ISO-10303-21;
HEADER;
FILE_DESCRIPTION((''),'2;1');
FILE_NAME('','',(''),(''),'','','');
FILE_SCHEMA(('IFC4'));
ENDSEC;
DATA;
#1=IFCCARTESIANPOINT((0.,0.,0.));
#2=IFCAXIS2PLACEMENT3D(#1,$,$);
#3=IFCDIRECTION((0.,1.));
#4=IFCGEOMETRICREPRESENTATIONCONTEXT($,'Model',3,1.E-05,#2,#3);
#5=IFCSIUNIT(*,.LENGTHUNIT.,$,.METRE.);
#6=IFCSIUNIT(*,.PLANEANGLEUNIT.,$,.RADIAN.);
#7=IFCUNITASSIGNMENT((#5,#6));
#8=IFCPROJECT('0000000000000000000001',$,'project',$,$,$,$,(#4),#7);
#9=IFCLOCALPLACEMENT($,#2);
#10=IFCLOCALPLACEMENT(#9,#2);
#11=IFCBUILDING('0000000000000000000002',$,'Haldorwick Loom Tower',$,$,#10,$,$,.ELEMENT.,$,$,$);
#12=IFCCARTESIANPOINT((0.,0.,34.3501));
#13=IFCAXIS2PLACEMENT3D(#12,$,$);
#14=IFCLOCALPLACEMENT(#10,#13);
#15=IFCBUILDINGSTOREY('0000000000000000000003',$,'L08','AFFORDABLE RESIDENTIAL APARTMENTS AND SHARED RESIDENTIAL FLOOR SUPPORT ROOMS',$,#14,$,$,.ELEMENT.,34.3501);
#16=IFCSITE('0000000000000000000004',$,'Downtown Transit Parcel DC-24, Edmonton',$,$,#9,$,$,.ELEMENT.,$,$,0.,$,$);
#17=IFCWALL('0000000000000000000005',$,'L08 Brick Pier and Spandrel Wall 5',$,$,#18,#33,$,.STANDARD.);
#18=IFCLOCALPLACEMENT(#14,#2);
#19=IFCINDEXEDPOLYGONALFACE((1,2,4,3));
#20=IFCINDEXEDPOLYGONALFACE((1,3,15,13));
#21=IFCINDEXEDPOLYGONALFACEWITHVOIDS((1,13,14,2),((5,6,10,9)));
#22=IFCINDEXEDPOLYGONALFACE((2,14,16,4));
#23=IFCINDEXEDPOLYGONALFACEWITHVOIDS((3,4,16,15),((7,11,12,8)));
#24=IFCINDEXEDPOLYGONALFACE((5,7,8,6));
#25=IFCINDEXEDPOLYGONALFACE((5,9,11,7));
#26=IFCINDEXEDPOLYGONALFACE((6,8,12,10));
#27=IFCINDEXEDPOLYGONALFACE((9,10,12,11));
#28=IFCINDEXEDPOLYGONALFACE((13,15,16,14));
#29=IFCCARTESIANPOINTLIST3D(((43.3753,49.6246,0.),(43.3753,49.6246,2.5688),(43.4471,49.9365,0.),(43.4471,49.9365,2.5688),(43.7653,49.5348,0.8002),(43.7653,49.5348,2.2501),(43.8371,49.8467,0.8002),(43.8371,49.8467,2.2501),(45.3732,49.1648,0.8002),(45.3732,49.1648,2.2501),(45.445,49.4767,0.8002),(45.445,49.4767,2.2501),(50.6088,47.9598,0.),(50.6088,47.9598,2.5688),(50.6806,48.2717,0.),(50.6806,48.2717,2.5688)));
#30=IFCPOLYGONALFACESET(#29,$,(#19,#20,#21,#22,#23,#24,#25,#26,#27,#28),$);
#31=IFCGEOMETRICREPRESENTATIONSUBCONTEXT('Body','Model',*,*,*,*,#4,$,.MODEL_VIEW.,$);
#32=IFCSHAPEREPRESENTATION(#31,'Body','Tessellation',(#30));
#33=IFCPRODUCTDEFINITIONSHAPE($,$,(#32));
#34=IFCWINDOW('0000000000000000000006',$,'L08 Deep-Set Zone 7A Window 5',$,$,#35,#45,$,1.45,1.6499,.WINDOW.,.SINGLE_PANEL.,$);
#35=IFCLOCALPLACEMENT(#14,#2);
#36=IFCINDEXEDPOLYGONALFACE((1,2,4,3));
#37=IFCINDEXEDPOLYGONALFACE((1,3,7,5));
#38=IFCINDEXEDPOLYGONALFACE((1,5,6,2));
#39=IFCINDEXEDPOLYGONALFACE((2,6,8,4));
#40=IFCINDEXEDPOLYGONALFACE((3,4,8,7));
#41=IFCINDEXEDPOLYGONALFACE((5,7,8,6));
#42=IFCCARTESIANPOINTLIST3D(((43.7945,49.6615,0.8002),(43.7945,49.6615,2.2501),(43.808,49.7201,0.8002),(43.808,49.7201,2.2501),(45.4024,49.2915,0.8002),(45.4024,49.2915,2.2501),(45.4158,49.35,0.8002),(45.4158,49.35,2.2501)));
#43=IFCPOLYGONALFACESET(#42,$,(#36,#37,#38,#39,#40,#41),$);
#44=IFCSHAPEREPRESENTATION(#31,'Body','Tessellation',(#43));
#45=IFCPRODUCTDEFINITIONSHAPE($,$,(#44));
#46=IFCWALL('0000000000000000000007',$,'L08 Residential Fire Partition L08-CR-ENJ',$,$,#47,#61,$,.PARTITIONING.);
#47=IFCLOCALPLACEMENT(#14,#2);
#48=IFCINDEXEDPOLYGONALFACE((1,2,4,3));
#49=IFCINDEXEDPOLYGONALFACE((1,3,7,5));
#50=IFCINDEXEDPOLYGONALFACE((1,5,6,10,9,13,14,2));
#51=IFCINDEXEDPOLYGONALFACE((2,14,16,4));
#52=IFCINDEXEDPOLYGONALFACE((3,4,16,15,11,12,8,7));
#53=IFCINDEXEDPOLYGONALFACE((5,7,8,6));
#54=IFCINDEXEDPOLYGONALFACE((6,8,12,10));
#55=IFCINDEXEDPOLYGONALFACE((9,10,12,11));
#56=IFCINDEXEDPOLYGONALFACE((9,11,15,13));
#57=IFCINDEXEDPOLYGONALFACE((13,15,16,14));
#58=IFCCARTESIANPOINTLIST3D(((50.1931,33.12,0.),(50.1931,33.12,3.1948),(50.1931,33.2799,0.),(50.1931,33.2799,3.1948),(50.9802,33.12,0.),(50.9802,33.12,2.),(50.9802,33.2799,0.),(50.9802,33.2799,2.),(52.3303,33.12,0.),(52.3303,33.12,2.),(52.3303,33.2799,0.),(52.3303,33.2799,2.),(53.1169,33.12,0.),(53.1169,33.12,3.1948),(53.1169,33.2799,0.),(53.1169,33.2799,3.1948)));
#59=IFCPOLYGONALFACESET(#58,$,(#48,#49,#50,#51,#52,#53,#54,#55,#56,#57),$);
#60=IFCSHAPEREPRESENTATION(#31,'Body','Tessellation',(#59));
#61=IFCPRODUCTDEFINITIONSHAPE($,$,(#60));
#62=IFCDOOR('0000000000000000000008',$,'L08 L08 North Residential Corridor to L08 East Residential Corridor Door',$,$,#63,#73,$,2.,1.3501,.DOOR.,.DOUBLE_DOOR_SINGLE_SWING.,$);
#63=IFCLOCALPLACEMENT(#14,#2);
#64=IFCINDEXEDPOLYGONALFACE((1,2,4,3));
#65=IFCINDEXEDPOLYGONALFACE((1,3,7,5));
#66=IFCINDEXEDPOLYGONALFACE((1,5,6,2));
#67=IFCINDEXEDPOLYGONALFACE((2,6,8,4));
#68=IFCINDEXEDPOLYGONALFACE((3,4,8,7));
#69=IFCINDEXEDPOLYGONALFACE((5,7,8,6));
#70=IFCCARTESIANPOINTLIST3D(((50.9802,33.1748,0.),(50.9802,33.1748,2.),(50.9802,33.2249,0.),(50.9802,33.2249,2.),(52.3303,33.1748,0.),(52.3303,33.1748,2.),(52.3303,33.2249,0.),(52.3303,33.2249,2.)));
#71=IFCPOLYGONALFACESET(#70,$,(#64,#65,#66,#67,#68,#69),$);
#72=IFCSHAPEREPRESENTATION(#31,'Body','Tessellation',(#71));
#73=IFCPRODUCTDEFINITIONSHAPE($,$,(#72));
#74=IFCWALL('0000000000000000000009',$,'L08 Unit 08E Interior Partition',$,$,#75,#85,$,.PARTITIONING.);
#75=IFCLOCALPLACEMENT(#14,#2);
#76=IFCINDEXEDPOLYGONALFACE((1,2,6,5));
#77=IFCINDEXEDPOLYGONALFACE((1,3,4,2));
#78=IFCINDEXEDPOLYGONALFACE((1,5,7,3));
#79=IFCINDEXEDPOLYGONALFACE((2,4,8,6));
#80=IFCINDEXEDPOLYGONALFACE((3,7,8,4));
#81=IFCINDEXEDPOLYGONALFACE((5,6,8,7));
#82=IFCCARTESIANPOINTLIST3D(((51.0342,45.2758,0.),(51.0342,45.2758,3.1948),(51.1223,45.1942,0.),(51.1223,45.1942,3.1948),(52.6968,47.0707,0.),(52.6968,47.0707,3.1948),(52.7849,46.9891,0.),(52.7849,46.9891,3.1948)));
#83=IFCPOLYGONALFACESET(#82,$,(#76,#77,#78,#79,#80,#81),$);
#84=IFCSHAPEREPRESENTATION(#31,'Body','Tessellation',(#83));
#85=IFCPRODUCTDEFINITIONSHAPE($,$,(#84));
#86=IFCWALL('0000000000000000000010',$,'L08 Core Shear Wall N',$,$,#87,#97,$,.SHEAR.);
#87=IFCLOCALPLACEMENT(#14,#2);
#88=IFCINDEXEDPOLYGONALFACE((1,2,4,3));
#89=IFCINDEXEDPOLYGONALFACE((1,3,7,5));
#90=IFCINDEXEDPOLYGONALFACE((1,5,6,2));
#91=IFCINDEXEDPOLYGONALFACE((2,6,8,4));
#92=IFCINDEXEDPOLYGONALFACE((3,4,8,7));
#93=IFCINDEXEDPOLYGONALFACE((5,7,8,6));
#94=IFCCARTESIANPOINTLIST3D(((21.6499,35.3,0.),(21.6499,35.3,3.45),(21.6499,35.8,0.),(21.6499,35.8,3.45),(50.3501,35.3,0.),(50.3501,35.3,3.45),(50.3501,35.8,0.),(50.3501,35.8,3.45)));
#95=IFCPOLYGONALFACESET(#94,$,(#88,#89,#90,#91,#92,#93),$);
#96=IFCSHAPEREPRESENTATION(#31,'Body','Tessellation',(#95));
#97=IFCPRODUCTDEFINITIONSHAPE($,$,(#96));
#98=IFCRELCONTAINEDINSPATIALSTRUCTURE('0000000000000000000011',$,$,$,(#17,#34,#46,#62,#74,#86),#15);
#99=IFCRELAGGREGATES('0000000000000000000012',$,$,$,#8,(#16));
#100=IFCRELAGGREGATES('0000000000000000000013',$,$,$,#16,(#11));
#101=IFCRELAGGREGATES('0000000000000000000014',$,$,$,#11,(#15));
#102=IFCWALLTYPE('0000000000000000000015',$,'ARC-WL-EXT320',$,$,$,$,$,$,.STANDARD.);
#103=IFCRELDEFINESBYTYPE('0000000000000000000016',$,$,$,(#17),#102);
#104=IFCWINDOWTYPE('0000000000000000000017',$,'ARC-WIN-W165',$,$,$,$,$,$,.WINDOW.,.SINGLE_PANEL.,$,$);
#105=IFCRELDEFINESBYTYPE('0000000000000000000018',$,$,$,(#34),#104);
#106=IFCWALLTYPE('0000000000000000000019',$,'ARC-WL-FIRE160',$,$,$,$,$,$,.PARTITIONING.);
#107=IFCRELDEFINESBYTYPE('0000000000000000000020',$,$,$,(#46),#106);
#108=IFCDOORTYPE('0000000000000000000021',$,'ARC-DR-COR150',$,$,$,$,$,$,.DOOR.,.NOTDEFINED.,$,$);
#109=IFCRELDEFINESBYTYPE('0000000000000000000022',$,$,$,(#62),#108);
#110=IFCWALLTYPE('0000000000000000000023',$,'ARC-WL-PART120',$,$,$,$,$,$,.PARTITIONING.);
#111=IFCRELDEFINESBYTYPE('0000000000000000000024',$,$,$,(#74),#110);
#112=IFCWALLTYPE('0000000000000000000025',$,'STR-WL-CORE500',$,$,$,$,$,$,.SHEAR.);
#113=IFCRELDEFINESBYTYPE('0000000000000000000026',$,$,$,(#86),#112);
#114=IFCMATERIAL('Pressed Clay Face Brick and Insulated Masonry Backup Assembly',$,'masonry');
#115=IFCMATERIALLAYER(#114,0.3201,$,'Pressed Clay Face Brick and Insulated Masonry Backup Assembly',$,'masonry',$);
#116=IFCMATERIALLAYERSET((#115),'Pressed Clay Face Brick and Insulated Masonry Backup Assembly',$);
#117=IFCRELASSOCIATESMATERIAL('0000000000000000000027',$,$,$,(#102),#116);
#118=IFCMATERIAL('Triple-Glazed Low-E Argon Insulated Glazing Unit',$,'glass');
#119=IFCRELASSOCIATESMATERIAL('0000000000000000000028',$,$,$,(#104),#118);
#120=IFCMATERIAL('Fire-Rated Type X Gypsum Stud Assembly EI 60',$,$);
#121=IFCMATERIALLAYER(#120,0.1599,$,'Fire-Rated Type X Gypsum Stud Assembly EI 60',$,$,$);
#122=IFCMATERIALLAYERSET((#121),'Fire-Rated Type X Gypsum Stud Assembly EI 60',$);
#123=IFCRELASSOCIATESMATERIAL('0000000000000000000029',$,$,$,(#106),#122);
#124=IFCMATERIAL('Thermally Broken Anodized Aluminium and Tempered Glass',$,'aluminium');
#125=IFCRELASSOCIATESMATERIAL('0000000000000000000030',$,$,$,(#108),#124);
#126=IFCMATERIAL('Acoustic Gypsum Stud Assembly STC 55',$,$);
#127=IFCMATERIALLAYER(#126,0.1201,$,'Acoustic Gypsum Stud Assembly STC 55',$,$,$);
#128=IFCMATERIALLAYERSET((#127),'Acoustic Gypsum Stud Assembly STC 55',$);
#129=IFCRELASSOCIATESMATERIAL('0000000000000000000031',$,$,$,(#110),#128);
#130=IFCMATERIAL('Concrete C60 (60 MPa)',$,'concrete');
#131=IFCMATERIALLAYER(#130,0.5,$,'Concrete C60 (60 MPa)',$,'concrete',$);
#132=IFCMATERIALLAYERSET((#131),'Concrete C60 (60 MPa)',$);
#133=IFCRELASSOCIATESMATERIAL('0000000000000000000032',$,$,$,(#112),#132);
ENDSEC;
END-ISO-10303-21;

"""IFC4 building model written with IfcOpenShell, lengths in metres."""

from ifc_helpers import new_model, si_unit, direction, frame, frame_2d, origin, place, context, subcontext, project, spatial, rectangle, extrude, material, layer, layer_set, type_object, element, fill, save


model = new_model("IFC4")

# Units and contexts
model_context = context("Model", 3, precision=1e-05, world=origin(), true_north=direction((0.0, 1.0)))
body_context = subcontext(model_context, "Body", "Model", "MODEL_VIEW")
ifc_project = project(units=[si_unit("LENGTHUNIT", "METRE"), si_unit("PLANEANGLEUNIT", "RADIAN")], contexts=[model_context])

# Site, building, storey
site_placement = place(None, origin())
site = spatial("IfcSite", under=ifc_project, at=site_placement, Name="Downtown Transit Parcel DC-24, Edmonton", CompositionType="ELEMENT", RefElevation=0.0)
building_placement = place(site_placement, origin())
building = spatial("IfcBuilding", under=site, at=building_placement, Name="Haldorwick Loom Tower", CompositionType="ELEMENT")
storey_placement = place(building_placement, frame((0.0, 0.0, 34.3501)))
storey = spatial("IfcBuildingStorey", under=building, at=storey_placement, Name="L08", Description="AFFORDABLE RESIDENTIAL APARTMENTS AND SHARED RESIDENTIAL FLOOR SUPPORT ROOMS", CompositionType="ELEMENT", Elevation=34.3501)

# Shared definitions
ifc_material_1 = material(Name="Concrete C60 (60 MPa)", Category="concrete")

# Wall, opening, window
ifc_material_2 = material(Name="Pressed Clay Face Brick and Insulated Masonry Backup Assembly", Category="masonry")
ifc_layer_1 = layer(ifc_material_2, 0.3201, Name="Pressed Clay Face Brick and Insulated Masonry Backup Assembly", Category="masonry")
ifc_layer_set_1 = layer_set([ifc_layer_1], Name="Pressed Clay Face Brick and Insulated Masonry Backup Assembly")
wall_type_1 = type_object("IfcWallType", Name="ARC-WL-EXT320", PredefinedType="STANDARD", material=ifc_layer_set_1)
wall_1_placement = place(storey_placement, frame((50.6448, 48.1157, 0.0), z_axis=(0.0, 0.0, 1.0), x_axis=(-0.974522, 0.22429, 0.0)))
wall_1 = element("IfcWall", 1, at=wall_1_placement, inside=storey, type_object=wall_type_1, Name="L08 Brick Pier and Spandrel Wall 5", PredefinedType="STANDARD", context=body_context, shape_type="SweptSolid", body=[
    extrude(rectangle(XDim=7.4226, YDim=0.3201, at=frame_2d((3.7114, 0.0))), origin(), (0.0, 0.0, 1.0), 2.5688),
])
opening_1_placement = place(wall_1_placement, frame((5.3726, 0.0, 0.8)))
opening_1 = element("IfcOpeningElement", 2, at=opening_1_placement, cuts=wall_1, PredefinedType="OPENING", context=body_context, shape_type="SweptSolid", body=[
    extrude(rectangle(XDim=1.6499, YDim=1.45, at=frame_2d((0.825, 0.7251))), frame((0.0, 0.1699, 0.0), z_axis=(0.0, -1.0, 0.0), x_axis=(1.0, 0.0, 0.0)), (0.0, 0.0, 1.0), 0.3401),
])
ifc_material_3 = material(Name="Triple-Glazed Low-E Argon Insulated Glazing Unit", Category="glass")
window_type = type_object("IfcWindowType", Name="ARC-WIN-W165", PartitioningType="SINGLE_PANEL", PredefinedType="WINDOW", material=ifc_material_3)
window_placement = place(opening_1_placement, origin())
window = element("IfcWindow", 3, at=window_placement, inside=storey, type_object=window_type, Name="L08 Deep-Set Zone 7A Window 5", OverallHeight=1.45, OverallWidth=1.6499, PartitioningType="SINGLE_PANEL", PredefinedType="WINDOW", context=body_context, shape_type="SweptSolid", body=[
    extrude(rectangle(XDim=1.6499, YDim=1.45, at=frame_2d((0.825, 0.7251))), frame((0.0, 0.03, 0.0), z_axis=(0.0, -1.0, 0.0), x_axis=(1.0, 0.0, 0.0)), (0.0, 0.0, 1.0), 0.0601),
])
fill(opening_1, window)

# Wall, opening, door
ifc_material_4 = material(Name="Fire-Rated Type X Gypsum Stud Assembly EI 60")
ifc_layer_2 = layer(ifc_material_4, 0.1599, Name="Fire-Rated Type X Gypsum Stud Assembly EI 60")
ifc_layer_set_2 = layer_set([ifc_layer_2], Name="Fire-Rated Type X Gypsum Stud Assembly EI 60")
wall_type_2 = type_object("IfcWallType", Name="ARC-WL-FIRE160", PredefinedType="PARTITIONING", material=ifc_layer_set_2)
wall_2_placement = place(storey_placement, frame((50.1931, 33.2, 0.0), z_axis=(0.0, 0.0, 1.0), x_axis=(1.0, 0.0, 0.0)))
wall_2 = element("IfcWall", 4, at=wall_2_placement, inside=storey, type_object=wall_type_2, Name="L08 Residential Fire Partition L08-CR-ENJ", PredefinedType="PARTITIONING", context=body_context, shape_type="SweptSolid", body=[
    extrude(rectangle(XDim=2.9238, YDim=0.1599, at=frame_2d((1.4619, 0.0))), origin(), (0.0, 0.0, 1.0), 3.1948),
])
opening_2_placement = place(wall_2_placement, frame((0.7871, 0.0, 0.0)))
opening_2 = element("IfcOpeningElement", 5, at=opening_2_placement, cuts=wall_2, PredefinedType="OPENING", context=body_context, shape_type="SweptSolid", body=[
    extrude(rectangle(XDim=1.3501, YDim=2.0, at=frame_2d((0.675, 1.0))), frame((0.0, 0.0898, 0.0), z_axis=(0.0, -1.0, 0.0), x_axis=(1.0, 0.0, 0.0)), (0.0, 0.0, 1.0), 0.1799),
])
ifc_material_5 = material(Name="Thermally Broken Anodized Aluminium and Tempered Glass", Category="aluminium")
door_type = type_object("IfcDoorType", Name="ARC-DR-COR150", OperationType="NOTDEFINED", PredefinedType="DOOR", material=ifc_material_5)
door_placement = place(opening_2_placement, origin())
door = element("IfcDoor", 6, at=door_placement, inside=storey, type_object=door_type, Name="L08 L08 North Residential Corridor to L08 East Residential Corridor Door", OperationType="DOUBLE_DOOR_SINGLE_SWING", OverallHeight=2.0, OverallWidth=1.3501, PredefinedType="DOOR", context=body_context, shape_type="SweptSolid", body=[
    extrude(rectangle(XDim=1.3501, YDim=2.0, at=frame_2d((0.675, 1.0))), frame((0.0, 0.0249, 0.0), z_axis=(0.0, -1.0, 0.0), x_axis=(1.0, 0.0, 0.0)), (0.0, 0.0, 1.0), 0.05),
])
fill(opening_2, door)

# Walls
ifc_material_6 = material(Name="Acoustic Gypsum Stud Assembly STC 55")
ifc_layer_3 = layer(ifc_material_6, 0.1201, Name="Acoustic Gypsum Stud Assembly STC 55")
ifc_layer_set_3 = layer_set([ifc_layer_3], Name="Acoustic Gypsum Stud Assembly STC 55")
wall_type_3 = type_object("IfcWallType", Name="ARC-WL-PART120", PredefinedType="PARTITIONING", material=ifc_layer_set_3)
wall_3_placement = place(storey_placement, frame((51.0784, 45.2351, 0.0), z_axis=(0.0, 0.0, 1.0), x_axis=(0.679547, 0.733632, 0.0)))
element("IfcWall", 7, at=wall_3_placement, inside=storey, type_object=wall_type_3, Name="L08 Unit 08E Interior Partition", PredefinedType="PARTITIONING", context=body_context, shape_type="SweptSolid", body=[
    extrude(rectangle(XDim=2.4465, YDim=0.1201, at=frame_2d((1.2231, 0.0))), origin(), (0.0, 0.0, 1.0), 3.1948),
])
ifc_layer_4 = layer(ifc_material_1, 0.5, Name="Concrete C60 (60 MPa)", Category="concrete")
ifc_layer_set_4 = layer_set([ifc_layer_4], Name="Concrete C60 (60 MPa)")
wall_type_4 = type_object("IfcWallType", Name="STR-WL-CORE500", PredefinedType="SHEAR", material=ifc_layer_set_4)
wall_4_placement = place(storey_placement, frame((50.3501, 35.55, 0.0), z_axis=(0.0, 0.0, 1.0), x_axis=(-1.0, 0.0, 0.0)))
element("IfcWall", 8, at=wall_4_placement, inside=storey, type_object=wall_type_4, Name="L08 Core Shear Wall N", PredefinedType="SHEAR", context=body_context, shape_type="SweptSolid", body=[
    extrude(rectangle(XDim=28.7002, YDim=0.5, at=frame_2d((14.3501, 0.0))), origin(), (0.0, 0.0, 1.0), 3.45),
])

save(model, "model.ifc")
